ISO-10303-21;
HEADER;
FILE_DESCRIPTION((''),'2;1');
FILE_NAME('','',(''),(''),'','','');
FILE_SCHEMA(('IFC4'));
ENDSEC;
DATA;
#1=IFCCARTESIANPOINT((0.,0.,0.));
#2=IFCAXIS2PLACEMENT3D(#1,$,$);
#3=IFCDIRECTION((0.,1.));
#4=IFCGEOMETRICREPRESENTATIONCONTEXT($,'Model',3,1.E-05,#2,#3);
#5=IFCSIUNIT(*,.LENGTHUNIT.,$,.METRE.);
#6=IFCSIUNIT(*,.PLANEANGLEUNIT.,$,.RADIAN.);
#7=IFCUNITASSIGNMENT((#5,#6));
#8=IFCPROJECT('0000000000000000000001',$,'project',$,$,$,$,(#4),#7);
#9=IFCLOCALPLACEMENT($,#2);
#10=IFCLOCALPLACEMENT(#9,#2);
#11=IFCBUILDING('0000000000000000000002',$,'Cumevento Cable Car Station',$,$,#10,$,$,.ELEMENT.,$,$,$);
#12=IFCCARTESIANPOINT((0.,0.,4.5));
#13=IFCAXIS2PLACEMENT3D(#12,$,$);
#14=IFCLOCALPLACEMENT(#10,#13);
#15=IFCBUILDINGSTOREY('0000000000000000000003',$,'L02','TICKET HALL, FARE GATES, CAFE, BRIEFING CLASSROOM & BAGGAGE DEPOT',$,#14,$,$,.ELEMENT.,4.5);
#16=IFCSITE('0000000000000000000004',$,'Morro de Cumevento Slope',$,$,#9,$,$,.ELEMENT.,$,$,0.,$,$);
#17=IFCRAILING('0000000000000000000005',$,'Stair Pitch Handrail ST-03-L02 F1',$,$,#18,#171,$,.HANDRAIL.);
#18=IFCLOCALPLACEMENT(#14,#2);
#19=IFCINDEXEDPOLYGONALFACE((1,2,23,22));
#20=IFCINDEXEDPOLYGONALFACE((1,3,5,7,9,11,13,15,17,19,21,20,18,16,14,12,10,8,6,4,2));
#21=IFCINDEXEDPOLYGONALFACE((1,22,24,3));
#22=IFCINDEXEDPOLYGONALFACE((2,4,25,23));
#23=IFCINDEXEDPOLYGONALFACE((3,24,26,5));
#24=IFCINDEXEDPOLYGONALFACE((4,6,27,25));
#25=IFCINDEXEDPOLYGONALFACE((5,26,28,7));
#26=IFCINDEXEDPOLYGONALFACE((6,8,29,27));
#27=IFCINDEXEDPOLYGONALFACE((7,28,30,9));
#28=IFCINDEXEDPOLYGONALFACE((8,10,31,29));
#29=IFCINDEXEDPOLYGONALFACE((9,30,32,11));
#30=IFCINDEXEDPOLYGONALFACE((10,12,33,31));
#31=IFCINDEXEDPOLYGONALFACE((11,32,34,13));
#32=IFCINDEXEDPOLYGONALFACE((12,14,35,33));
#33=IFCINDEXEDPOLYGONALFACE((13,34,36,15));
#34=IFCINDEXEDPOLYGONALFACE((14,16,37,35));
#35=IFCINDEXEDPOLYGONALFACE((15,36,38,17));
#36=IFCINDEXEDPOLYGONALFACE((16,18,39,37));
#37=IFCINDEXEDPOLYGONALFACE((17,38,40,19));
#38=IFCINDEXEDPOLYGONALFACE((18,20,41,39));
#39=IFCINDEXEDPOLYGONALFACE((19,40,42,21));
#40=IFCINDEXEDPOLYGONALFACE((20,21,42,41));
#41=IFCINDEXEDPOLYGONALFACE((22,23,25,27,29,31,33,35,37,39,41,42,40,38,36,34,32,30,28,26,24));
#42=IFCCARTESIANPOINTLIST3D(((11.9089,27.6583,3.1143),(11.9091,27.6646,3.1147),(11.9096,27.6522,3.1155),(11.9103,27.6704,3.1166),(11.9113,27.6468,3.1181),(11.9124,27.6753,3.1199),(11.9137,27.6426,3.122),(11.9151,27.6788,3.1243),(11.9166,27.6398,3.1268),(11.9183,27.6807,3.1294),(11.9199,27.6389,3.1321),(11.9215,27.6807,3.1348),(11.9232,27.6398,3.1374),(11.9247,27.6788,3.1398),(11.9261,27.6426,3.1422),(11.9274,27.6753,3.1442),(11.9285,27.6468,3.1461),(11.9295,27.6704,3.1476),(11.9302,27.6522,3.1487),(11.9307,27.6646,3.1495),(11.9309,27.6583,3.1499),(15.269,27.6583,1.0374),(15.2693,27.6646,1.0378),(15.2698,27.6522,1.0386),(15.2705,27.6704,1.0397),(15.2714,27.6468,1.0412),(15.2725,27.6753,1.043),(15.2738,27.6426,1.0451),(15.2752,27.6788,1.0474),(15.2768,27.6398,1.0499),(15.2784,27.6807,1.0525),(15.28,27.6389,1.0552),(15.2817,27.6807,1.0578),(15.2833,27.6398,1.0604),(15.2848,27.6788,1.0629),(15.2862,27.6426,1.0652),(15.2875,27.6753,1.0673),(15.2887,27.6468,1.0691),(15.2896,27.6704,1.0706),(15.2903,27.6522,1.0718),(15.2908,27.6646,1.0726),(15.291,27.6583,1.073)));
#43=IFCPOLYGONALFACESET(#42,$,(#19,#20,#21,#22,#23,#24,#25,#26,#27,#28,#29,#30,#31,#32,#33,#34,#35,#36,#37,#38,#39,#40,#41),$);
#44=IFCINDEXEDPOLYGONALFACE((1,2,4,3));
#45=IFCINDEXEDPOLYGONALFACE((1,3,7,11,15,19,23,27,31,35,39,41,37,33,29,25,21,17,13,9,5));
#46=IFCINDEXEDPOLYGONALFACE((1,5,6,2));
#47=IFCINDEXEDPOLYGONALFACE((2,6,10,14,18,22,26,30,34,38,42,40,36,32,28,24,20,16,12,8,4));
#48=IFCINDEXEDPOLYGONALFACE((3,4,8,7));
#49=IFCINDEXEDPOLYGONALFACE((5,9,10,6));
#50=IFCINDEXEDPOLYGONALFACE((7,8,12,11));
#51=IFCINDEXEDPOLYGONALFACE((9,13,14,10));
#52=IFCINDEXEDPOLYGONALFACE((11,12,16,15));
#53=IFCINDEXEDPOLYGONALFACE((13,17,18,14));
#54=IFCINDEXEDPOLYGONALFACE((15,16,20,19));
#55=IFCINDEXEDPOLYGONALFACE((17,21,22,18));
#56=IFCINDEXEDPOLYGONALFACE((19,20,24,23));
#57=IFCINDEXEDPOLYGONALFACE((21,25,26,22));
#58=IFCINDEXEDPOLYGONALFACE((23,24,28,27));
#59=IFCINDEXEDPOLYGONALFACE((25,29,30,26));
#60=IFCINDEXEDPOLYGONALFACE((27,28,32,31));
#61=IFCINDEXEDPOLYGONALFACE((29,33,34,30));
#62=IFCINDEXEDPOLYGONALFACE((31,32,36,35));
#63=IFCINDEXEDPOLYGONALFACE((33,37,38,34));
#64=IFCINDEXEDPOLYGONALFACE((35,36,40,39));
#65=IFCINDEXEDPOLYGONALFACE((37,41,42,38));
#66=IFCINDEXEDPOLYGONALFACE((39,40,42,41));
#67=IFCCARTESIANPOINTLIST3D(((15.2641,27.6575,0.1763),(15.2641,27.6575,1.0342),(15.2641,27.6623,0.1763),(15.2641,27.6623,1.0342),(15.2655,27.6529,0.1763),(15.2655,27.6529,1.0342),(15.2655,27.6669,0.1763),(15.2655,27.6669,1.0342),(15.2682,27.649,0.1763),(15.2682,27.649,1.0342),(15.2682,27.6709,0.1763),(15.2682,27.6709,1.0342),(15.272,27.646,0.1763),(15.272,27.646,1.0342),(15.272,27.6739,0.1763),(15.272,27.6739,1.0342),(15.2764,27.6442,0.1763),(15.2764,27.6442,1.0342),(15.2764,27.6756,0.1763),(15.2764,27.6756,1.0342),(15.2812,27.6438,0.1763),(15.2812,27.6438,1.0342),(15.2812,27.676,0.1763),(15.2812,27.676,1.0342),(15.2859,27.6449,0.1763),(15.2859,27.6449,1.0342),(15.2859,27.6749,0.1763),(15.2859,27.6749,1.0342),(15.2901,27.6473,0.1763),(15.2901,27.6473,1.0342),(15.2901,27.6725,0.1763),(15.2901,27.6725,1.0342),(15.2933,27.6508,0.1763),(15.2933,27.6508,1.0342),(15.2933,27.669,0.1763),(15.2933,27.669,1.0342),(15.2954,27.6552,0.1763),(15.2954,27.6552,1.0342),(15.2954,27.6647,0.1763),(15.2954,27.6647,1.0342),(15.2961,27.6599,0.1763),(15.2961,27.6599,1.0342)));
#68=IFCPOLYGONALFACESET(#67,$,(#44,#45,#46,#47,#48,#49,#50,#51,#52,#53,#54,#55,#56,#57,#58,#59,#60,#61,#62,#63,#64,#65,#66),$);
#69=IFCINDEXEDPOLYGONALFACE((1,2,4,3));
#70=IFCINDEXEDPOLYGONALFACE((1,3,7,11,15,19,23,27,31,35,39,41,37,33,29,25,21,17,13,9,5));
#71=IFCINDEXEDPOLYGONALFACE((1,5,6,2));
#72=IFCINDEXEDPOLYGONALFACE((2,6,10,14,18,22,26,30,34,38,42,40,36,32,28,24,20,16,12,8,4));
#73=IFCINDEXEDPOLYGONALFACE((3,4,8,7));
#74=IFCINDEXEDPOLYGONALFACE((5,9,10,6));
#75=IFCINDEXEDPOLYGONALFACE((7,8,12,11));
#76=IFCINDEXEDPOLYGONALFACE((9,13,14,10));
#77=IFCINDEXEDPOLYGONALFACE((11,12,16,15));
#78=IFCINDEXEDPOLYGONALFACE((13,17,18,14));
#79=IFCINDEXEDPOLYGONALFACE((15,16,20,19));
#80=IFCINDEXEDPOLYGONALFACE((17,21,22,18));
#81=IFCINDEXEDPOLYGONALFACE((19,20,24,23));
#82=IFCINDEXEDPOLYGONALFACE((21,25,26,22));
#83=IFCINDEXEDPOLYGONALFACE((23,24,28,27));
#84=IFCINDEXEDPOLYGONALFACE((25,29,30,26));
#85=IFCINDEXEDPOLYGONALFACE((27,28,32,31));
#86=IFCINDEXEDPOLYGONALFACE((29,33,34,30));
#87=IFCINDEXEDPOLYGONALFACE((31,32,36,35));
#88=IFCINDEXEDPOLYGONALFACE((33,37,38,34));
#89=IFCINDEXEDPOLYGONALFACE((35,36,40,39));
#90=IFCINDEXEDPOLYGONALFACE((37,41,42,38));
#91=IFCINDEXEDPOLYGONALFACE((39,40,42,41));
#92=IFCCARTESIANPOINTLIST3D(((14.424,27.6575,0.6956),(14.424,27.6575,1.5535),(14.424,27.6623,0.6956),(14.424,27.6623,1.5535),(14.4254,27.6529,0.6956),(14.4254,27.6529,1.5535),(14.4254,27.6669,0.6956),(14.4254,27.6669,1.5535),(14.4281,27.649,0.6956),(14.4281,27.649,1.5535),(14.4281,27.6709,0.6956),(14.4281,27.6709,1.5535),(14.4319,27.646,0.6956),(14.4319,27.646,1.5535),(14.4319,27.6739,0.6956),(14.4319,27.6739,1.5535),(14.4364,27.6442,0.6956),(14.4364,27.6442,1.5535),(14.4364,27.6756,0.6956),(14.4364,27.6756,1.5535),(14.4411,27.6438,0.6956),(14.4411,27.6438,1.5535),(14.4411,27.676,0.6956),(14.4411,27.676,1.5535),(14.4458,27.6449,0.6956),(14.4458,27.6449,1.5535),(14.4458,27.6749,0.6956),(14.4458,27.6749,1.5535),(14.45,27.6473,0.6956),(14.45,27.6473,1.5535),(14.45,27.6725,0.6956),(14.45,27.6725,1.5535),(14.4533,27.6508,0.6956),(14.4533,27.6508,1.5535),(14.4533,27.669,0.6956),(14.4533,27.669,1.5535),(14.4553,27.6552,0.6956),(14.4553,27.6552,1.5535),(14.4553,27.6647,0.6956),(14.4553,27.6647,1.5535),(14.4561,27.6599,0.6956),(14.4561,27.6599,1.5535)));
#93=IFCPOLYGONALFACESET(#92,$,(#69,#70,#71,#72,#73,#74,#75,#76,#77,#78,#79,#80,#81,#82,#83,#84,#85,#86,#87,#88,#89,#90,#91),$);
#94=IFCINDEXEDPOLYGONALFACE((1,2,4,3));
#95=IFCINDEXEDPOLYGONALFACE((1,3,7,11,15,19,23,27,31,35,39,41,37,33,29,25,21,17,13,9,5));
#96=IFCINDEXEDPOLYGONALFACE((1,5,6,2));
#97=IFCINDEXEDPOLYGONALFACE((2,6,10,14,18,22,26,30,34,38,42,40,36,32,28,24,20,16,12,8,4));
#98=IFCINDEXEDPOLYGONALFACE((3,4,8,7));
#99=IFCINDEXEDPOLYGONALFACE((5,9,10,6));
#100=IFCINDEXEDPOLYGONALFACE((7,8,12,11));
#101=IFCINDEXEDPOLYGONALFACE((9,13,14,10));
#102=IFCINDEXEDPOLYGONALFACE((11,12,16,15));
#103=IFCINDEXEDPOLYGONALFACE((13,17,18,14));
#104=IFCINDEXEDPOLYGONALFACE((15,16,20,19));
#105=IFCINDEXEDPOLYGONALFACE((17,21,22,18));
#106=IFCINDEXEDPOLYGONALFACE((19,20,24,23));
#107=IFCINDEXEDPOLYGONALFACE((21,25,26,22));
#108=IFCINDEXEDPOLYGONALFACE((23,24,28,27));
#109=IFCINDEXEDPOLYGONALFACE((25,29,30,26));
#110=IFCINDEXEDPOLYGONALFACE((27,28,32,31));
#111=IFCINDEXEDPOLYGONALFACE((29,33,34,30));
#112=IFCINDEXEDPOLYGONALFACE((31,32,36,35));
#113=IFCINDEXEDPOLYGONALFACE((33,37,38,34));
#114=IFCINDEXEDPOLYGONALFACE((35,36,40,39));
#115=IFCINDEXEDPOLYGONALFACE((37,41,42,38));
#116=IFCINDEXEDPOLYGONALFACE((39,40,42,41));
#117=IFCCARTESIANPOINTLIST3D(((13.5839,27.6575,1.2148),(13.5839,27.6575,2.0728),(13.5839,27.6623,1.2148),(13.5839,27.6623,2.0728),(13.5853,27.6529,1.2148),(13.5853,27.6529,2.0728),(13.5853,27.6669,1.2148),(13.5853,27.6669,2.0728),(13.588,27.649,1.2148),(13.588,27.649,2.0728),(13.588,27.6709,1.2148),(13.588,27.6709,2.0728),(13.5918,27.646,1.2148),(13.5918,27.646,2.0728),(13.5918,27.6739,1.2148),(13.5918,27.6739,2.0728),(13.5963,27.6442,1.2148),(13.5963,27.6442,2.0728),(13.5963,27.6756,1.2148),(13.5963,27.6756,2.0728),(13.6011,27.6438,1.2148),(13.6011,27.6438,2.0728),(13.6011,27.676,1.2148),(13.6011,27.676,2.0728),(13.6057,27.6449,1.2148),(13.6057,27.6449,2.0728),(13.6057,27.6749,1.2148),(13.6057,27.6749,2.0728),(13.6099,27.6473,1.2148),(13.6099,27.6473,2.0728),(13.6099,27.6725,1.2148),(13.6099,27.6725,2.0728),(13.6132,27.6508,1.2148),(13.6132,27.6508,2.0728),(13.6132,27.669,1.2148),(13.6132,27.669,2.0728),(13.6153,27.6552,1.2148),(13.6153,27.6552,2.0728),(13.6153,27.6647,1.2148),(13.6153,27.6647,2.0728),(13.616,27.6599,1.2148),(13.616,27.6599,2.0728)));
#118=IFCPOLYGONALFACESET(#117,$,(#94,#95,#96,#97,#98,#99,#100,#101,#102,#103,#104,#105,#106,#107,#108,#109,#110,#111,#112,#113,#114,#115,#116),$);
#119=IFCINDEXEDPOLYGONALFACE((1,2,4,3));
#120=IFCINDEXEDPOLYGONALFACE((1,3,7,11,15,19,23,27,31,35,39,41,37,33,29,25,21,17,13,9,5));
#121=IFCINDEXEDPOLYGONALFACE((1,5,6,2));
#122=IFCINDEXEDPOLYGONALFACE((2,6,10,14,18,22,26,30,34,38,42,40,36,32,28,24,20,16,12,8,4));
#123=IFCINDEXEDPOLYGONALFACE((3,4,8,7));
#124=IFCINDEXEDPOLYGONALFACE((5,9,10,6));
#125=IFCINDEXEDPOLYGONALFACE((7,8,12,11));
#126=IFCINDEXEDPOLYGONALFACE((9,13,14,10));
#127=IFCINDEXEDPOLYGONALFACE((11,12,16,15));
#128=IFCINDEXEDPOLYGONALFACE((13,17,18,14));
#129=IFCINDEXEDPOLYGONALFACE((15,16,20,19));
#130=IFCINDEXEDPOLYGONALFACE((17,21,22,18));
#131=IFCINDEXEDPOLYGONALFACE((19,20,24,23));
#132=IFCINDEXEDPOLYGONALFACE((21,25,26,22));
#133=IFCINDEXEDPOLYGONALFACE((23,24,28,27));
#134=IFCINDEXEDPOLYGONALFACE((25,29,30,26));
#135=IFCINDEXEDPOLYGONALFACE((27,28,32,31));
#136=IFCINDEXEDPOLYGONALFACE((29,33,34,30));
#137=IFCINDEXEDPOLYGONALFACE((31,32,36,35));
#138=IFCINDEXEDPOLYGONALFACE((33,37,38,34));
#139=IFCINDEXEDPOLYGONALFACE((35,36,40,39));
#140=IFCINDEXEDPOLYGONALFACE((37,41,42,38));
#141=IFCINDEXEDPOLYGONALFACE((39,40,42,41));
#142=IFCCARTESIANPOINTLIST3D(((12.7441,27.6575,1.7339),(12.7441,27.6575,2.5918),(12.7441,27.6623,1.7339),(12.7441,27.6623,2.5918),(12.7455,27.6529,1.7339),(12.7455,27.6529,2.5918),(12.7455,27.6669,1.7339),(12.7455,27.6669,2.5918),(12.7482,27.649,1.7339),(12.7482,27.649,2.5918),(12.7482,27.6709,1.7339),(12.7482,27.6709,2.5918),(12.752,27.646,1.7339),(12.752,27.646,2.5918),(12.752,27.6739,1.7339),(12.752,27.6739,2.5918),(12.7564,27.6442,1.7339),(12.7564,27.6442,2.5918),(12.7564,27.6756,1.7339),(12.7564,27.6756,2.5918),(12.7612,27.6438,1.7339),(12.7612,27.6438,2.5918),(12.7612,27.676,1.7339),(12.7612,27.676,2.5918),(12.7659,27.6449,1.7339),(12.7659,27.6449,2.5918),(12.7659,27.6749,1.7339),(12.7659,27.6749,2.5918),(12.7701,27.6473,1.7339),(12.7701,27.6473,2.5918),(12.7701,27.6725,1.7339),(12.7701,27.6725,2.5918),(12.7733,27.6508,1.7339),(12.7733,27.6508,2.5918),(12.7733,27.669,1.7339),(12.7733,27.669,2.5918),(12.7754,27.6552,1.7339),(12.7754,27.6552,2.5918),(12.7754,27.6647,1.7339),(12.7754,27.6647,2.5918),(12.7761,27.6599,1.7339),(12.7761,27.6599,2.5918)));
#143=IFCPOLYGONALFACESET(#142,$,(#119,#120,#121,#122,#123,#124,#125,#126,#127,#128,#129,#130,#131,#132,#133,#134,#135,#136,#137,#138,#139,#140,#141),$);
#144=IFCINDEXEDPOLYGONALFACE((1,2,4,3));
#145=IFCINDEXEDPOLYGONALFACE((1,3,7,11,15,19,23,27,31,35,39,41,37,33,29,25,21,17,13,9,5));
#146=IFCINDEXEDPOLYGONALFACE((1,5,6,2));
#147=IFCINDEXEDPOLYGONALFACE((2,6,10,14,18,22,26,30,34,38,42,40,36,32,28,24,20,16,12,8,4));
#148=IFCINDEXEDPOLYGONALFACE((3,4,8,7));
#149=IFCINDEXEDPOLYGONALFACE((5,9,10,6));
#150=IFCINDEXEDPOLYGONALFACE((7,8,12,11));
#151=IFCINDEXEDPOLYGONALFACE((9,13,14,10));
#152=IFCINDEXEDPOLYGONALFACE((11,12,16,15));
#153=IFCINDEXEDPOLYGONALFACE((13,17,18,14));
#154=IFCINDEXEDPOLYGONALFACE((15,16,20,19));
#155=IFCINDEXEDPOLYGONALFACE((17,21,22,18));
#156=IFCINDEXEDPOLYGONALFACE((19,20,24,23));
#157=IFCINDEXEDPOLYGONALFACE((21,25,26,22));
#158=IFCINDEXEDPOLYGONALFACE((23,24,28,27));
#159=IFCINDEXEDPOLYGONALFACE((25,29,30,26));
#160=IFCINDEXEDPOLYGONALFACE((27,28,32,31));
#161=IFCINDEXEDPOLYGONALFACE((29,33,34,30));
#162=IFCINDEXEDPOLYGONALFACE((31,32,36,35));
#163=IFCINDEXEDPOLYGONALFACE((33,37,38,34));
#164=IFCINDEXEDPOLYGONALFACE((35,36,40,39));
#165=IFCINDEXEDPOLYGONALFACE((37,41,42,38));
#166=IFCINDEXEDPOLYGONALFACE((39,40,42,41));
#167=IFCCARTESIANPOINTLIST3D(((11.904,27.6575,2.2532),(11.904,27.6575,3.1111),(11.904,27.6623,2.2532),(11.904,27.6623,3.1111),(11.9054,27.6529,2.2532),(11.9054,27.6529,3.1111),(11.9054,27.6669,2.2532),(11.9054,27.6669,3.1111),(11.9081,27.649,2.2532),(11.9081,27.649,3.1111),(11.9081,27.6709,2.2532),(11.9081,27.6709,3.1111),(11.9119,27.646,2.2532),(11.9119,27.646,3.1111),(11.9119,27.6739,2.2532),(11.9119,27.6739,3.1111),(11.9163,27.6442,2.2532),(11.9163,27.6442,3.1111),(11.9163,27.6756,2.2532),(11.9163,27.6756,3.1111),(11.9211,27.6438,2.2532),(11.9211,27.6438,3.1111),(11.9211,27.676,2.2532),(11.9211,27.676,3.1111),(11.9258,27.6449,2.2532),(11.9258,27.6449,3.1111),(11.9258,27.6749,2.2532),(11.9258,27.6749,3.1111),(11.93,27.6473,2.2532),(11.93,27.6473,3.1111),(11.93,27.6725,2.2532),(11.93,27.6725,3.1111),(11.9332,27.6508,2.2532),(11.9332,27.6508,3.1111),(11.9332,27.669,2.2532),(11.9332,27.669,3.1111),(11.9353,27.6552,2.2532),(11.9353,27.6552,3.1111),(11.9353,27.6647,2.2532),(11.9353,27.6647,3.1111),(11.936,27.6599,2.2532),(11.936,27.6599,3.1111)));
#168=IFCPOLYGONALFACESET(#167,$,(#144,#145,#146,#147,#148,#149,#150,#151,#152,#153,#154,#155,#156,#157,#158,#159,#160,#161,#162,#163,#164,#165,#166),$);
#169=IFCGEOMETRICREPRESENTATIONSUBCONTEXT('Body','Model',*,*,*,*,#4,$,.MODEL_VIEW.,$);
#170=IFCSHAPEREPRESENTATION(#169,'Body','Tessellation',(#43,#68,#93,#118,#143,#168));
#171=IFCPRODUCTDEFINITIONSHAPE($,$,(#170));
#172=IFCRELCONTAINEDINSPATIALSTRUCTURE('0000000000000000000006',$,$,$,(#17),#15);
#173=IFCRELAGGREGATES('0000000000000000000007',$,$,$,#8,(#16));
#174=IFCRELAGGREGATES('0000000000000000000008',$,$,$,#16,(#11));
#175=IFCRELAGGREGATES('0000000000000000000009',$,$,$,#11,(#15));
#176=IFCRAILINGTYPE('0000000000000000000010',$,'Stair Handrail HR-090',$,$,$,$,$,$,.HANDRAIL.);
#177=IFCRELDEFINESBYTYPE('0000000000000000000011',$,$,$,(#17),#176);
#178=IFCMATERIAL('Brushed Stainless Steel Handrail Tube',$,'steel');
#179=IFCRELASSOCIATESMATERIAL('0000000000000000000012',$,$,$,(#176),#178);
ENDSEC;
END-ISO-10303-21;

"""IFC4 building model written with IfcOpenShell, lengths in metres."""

from ifc_helpers import new_model, si_unit, direction, frame, origin, origin_2d, place, context, subcontext, project, spatial, circle, extrude, material, type_object, element, save


model = new_model("IFC4")

# Units and contexts
model_context = context("Model", 3, precision=1e-05, world=origin(), true_north=direction((0.0, 1.0)))
body_context = subcontext(model_context, "Body", "Model", "MODEL_VIEW")
ifc_project = project(units=[si_unit("LENGTHUNIT", "METRE"), si_unit("PLANEANGLEUNIT", "RADIAN")], contexts=[model_context])

# Site, building, storey
site_placement = place(None, origin())
site = spatial("IfcSite", under=ifc_project, at=site_placement, Name="Morro de Cumevento Slope", CompositionType="ELEMENT", RefElevation=0.0)
building_placement = place(site_placement, origin())
building = spatial("IfcBuilding", under=site, at=building_placement, Name="Cumevento Cable Car Station", CompositionType="ELEMENT")
storey_placement = place(building_placement, frame((0.0, 0.0, 4.5)))
storey = spatial("IfcBuildingStorey", under=building, at=storey_placement, Name="L02", Description="TICKET HALL, FARE GATES, CAFE, BRIEFING CLASSROOM & BAGGAGE DEPOT", CompositionType="ELEMENT", Elevation=4.5)

# Railing
ifc_material_1 = material(Name="Brushed Stainless Steel Handrail Tube", Category="steel")
railing_type_1 = type_object("IfcRailingType", Name="Stair Handrail HR-090", PredefinedType="HANDRAIL", material=ifc_material_1)
railing_1_placement = place(storey_placement, frame((15.28, 27.6599, 0.1763)))
element("IfcRailing", 1, at=railing_1_placement, inside=storey, type_object=railing_type_1, Name="Stair Pitch Handrail ST-03-L02 F1", PredefinedType="HANDRAIL", context=body_context, shape_type="SweptSolid", body=[
    extrude(circle(Radius=0.021, at=origin_2d()), frame((0.0, 0.0, 0.8789), z_axis=(-0.850623, 0.0, 0.525776), x_axis=(0.0, -1.0, 0.0)), (0.0, 0.0, 1.0), 3.9502),
    extrude(circle(Radius=0.0161, at=origin_2d()), origin(), (0.0, 0.0, 1.0), 0.8579),
    extrude(circle(Radius=0.0161, at=origin_2d()), frame((-0.8401, 0.0, 0.5193)), (0.0, 0.0, 1.0), 0.8579),
    extrude(circle(Radius=0.0161, at=origin_2d()), frame((-1.6802, 0.0, 1.0386)), (0.0, 0.0, 1.0), 0.8579),
    extrude(circle(Radius=0.0161, at=origin_2d()), frame((-2.52, 0.0, 1.5576)), (0.0, 0.0, 1.0), 0.8579),
    extrude(circle(Radius=0.0161, at=origin_2d()), frame((-3.3601, 0.0, 2.0769)), (0.0, 0.0, 1.0), 0.8579),
])

save(model, "model.ifc")
